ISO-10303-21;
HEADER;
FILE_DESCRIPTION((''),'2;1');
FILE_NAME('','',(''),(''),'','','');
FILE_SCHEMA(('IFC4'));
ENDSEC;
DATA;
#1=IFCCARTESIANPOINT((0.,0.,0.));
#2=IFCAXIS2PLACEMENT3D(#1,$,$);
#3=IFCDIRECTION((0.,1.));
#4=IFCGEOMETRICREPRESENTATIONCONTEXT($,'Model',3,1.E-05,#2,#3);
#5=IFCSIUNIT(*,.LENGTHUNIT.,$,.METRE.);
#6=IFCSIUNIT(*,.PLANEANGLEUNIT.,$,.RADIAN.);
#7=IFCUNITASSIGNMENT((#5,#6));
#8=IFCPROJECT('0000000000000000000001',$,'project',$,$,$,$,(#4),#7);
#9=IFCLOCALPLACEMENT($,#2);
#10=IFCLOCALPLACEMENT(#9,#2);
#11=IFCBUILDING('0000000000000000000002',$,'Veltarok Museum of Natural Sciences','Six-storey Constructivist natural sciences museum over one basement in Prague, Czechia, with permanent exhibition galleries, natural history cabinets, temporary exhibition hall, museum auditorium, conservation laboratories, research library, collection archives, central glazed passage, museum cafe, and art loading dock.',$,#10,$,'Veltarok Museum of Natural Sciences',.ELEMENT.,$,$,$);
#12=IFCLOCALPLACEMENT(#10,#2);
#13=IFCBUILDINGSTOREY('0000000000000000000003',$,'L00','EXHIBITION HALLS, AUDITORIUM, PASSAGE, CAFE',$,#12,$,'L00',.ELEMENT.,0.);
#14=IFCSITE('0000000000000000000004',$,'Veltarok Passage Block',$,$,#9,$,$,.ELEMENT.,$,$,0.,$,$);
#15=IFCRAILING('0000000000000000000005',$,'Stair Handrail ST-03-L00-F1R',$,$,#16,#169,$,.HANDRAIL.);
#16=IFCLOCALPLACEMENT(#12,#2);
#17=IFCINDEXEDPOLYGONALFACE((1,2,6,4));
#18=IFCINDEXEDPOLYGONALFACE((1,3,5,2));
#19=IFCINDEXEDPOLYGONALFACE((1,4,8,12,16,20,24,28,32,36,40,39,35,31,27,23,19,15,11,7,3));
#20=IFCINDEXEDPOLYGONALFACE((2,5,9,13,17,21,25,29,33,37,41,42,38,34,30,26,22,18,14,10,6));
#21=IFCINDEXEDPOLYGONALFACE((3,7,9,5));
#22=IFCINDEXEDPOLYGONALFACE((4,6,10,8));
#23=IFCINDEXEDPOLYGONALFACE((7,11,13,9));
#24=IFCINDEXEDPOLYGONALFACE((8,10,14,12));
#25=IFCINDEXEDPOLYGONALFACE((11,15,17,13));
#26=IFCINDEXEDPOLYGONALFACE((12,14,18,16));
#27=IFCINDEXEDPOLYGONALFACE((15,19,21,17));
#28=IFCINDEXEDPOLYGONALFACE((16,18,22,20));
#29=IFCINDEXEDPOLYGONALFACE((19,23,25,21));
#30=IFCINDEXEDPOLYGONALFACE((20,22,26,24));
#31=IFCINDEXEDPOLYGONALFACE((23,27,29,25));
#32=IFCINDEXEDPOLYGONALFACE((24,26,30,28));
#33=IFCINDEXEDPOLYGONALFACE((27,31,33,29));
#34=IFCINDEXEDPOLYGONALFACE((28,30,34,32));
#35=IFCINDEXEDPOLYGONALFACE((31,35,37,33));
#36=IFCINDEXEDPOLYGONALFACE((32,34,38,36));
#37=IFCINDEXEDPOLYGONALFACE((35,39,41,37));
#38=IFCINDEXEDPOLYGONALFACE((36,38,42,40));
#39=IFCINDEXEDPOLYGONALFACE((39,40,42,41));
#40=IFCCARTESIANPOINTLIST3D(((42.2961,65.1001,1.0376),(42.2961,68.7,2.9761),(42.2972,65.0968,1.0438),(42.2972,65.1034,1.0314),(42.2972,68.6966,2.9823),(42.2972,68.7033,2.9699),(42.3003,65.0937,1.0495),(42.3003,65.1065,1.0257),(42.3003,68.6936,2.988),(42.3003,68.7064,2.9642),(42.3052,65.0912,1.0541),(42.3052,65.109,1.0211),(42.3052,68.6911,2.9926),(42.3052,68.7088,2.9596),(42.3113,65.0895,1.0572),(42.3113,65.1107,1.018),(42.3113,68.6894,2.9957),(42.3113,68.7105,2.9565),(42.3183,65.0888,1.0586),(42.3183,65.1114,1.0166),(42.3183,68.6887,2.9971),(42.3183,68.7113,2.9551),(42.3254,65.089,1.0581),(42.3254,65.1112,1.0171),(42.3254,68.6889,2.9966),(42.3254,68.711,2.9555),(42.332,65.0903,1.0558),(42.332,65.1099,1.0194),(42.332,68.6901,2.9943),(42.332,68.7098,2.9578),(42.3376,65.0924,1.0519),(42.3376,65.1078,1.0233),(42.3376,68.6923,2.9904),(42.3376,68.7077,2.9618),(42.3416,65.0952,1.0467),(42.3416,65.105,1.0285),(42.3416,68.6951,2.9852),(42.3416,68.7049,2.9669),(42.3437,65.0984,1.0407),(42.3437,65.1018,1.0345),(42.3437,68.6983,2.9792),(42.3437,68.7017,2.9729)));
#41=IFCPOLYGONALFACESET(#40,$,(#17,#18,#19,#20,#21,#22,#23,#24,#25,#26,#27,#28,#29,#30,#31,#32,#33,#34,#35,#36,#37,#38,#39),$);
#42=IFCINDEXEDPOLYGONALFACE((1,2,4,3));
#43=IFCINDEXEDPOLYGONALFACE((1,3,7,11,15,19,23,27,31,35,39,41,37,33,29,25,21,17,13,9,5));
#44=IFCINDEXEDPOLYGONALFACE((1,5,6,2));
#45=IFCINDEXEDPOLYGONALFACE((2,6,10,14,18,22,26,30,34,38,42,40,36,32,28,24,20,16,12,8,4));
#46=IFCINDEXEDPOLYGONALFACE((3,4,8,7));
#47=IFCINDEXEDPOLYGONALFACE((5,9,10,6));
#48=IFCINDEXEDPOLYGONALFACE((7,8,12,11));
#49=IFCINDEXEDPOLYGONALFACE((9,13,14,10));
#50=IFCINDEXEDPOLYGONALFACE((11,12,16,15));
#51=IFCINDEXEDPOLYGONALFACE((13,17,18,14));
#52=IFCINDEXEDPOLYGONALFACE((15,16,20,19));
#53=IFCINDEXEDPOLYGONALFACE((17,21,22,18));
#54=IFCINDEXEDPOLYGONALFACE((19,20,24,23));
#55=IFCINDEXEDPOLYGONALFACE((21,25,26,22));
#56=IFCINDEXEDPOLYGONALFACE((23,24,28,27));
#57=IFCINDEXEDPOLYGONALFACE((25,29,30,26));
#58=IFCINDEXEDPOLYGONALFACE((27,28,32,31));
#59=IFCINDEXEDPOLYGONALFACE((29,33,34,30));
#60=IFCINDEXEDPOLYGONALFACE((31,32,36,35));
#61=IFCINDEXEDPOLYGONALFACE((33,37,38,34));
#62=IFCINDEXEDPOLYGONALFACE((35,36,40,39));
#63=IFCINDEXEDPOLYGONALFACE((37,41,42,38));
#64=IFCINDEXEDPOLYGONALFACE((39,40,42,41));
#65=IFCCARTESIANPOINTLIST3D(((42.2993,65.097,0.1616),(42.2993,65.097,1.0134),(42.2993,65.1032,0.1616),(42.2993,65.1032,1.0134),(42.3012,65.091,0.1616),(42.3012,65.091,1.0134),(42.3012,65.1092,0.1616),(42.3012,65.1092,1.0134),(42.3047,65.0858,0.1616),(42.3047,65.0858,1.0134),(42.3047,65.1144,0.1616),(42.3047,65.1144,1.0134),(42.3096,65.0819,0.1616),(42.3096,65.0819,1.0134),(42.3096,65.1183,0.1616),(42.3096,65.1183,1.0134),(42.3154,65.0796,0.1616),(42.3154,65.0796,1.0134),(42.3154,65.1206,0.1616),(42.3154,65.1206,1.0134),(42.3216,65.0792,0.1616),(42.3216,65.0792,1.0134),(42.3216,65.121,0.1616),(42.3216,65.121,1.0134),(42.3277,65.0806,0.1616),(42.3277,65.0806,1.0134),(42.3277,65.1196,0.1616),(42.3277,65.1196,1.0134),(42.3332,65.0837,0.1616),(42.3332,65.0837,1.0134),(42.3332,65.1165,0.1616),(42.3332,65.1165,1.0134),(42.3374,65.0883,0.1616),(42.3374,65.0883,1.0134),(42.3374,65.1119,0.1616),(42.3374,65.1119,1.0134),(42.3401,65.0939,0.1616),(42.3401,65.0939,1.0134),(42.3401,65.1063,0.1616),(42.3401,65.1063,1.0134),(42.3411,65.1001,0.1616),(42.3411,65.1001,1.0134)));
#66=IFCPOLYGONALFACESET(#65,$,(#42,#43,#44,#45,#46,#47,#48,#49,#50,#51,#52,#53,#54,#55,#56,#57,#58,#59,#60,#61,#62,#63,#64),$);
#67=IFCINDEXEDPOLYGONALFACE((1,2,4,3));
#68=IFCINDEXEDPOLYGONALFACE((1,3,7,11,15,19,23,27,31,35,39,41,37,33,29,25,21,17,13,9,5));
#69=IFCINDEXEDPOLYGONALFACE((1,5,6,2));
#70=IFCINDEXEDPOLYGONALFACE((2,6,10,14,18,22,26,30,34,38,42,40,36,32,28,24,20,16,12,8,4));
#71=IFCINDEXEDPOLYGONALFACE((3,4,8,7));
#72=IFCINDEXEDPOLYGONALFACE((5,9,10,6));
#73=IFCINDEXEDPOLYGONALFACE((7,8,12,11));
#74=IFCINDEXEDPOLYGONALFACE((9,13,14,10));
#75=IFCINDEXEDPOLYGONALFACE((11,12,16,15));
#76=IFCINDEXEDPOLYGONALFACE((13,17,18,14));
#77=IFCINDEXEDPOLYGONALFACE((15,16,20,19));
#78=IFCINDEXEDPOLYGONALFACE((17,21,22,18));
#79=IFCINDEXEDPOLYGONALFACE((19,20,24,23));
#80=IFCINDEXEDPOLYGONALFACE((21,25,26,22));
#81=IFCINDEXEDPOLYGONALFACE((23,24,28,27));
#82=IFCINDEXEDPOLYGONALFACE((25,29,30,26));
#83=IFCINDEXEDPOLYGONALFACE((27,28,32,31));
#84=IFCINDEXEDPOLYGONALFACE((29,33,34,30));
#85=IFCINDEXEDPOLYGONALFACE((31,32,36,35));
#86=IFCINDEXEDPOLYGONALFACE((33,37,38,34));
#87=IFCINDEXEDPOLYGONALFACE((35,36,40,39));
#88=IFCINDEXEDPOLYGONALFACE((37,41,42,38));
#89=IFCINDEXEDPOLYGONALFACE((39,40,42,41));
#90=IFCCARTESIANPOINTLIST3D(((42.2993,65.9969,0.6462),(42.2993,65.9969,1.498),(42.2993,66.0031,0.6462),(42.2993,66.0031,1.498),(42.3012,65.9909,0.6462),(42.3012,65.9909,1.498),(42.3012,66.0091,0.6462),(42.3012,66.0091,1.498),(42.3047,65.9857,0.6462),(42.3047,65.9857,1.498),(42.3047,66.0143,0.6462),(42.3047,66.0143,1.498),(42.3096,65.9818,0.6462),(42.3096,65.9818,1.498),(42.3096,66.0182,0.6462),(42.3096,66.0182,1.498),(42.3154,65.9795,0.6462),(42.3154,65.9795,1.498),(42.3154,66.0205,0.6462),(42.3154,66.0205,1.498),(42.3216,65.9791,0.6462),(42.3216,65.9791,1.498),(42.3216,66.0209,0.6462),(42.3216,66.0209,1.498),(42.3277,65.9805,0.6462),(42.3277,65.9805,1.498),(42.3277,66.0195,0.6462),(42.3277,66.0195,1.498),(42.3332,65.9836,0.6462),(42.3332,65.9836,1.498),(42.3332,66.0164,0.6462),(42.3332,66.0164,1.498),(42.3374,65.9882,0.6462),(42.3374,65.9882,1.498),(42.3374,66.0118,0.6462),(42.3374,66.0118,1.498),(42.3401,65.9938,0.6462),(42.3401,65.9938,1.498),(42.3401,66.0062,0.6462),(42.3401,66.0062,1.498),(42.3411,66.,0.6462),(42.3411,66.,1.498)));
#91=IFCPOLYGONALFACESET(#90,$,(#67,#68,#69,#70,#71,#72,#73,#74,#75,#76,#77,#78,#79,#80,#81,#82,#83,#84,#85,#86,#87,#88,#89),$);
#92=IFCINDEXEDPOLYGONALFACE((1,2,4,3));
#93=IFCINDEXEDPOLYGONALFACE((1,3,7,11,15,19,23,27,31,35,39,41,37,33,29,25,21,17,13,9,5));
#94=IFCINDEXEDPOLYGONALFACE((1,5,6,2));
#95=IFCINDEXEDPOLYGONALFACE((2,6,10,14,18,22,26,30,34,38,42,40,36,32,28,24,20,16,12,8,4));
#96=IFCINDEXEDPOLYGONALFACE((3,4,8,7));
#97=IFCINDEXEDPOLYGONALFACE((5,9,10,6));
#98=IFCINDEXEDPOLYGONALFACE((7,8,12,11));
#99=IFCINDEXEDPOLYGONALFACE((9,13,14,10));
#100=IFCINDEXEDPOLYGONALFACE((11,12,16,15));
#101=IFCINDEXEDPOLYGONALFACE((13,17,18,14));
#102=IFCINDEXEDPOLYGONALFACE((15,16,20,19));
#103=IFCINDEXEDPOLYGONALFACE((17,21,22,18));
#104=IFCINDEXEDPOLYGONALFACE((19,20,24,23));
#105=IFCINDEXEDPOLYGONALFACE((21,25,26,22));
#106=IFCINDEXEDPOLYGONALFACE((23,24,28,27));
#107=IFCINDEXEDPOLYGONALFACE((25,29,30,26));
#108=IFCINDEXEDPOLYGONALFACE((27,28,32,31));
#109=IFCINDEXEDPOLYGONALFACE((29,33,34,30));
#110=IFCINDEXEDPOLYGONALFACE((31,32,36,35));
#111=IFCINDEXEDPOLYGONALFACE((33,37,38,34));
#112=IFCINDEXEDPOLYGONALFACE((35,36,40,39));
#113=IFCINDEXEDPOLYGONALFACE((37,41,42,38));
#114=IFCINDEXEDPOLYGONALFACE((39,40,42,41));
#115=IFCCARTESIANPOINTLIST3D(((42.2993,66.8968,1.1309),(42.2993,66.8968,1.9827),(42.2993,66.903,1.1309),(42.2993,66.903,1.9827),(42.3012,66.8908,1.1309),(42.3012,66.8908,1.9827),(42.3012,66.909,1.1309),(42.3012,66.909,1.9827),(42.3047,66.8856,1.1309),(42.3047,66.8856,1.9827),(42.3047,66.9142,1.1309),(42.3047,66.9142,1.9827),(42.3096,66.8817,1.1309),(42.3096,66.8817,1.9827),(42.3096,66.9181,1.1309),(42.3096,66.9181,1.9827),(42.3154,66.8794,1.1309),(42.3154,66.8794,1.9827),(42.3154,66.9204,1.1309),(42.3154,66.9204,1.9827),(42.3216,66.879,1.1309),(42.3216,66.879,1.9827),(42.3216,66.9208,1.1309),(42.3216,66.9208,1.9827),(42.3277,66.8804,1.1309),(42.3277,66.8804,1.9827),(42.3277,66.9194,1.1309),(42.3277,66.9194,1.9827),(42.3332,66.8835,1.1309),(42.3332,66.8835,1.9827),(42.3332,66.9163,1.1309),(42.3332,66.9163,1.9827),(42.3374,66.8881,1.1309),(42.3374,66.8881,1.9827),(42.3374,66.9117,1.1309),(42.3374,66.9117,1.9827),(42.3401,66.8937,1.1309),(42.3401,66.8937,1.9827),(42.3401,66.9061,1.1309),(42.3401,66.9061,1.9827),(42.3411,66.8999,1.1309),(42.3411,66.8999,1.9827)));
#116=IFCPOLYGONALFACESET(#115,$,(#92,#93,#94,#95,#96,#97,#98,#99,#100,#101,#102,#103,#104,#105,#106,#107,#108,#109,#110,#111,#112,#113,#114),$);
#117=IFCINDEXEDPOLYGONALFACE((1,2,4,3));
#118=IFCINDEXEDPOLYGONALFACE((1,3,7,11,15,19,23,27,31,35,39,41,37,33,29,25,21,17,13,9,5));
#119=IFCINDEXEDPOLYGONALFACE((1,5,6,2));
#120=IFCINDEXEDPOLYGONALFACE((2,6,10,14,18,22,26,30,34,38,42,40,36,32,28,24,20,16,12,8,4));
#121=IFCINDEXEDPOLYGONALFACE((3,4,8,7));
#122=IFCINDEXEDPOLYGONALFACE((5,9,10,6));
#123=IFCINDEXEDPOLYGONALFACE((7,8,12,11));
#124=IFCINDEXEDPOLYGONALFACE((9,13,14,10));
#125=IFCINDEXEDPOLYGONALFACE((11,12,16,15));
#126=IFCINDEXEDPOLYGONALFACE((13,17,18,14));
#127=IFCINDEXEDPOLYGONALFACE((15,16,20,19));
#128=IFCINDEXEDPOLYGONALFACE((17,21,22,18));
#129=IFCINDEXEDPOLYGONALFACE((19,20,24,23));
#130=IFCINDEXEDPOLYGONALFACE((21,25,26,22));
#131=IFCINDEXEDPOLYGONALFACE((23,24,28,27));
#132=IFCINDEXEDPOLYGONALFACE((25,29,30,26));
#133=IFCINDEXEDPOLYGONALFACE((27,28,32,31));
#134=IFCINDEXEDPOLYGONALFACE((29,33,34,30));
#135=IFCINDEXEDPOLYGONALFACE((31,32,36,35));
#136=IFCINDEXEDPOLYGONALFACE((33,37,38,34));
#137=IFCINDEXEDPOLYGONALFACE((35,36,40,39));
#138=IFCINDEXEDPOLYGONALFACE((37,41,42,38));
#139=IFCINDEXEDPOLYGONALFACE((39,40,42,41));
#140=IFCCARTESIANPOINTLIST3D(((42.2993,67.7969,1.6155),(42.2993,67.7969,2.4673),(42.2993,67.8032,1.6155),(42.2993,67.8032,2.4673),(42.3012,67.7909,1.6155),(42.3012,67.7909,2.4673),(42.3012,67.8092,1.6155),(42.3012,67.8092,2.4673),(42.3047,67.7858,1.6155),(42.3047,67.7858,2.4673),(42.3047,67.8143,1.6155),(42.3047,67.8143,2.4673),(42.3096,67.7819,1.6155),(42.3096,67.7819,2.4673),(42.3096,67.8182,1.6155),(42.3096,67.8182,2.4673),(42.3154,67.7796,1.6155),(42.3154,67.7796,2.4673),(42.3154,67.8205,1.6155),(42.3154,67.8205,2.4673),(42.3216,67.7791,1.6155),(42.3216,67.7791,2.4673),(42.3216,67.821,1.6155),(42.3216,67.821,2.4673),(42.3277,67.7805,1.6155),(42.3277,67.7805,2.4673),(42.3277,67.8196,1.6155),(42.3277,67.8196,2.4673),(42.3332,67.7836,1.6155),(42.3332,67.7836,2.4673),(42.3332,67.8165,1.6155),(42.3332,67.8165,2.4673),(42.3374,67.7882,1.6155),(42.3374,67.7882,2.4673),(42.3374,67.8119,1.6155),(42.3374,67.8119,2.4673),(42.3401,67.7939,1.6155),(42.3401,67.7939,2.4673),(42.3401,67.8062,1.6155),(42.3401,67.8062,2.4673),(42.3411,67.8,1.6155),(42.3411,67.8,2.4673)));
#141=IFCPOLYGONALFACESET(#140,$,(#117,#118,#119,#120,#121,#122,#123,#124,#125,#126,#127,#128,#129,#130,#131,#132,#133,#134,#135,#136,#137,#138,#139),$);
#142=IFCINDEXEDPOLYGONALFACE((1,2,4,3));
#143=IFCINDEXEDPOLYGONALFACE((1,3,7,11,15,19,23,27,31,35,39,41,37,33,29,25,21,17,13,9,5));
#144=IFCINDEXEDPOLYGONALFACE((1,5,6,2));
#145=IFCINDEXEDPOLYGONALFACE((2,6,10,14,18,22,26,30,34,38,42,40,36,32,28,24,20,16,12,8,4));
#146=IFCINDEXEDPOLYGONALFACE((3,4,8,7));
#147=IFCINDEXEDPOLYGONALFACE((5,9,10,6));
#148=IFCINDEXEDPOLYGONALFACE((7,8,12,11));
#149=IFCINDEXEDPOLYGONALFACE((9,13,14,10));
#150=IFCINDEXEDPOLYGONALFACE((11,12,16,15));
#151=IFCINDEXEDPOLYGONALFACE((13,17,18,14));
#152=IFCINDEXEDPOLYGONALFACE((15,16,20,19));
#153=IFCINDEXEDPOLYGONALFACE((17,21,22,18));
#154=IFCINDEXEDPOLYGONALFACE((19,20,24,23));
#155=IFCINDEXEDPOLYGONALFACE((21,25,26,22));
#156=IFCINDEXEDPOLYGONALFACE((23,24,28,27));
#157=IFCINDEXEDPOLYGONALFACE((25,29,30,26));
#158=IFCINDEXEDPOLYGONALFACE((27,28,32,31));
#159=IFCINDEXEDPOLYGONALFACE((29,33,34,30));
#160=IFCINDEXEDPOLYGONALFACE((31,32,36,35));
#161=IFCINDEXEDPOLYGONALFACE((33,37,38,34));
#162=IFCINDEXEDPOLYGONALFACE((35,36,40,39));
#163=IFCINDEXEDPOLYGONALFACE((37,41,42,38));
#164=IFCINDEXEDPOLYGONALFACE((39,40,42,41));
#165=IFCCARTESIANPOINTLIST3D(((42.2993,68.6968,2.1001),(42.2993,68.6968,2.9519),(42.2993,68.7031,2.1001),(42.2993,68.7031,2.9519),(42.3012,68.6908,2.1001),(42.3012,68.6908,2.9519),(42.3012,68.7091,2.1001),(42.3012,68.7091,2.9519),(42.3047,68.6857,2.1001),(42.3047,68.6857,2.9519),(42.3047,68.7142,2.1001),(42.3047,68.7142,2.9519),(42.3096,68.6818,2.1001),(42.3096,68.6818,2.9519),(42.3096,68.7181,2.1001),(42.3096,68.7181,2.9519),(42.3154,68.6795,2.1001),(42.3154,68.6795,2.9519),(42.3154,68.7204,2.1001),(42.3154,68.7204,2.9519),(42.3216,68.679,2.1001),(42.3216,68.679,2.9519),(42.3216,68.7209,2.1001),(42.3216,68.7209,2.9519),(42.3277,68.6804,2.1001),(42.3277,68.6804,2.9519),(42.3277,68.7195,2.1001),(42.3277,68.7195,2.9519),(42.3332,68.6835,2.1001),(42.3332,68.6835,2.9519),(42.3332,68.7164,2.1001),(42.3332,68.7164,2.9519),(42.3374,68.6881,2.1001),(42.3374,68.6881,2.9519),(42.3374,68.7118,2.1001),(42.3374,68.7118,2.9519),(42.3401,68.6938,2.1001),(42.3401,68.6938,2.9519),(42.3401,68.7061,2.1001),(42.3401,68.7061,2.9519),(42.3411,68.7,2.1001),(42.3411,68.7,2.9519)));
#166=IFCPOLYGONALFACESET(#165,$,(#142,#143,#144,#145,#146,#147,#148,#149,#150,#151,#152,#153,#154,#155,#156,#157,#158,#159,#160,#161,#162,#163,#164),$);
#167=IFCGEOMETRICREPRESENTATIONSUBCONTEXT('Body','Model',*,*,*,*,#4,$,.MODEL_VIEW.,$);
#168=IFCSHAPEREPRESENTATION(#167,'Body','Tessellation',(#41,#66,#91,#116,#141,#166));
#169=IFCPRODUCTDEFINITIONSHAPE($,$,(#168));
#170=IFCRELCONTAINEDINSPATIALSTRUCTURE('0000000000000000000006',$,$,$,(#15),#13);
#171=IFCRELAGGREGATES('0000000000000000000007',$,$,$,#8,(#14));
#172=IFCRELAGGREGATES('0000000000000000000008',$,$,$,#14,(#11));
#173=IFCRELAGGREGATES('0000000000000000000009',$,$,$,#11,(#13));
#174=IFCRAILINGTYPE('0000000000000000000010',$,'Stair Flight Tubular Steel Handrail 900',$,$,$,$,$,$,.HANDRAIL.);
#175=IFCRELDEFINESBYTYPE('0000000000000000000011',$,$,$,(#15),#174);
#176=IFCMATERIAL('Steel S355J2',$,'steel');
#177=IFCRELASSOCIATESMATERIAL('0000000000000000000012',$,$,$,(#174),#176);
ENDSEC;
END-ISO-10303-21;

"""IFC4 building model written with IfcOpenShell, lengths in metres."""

from ifc_helpers import new_model, si_unit, direction, frame, origin, origin_2d, place, context, subcontext, project, spatial, circle, extrude, material, type_object, element, save


model = new_model("IFC4")

# Units and contexts
model_context = context("Model", 3, precision=1e-05, world=origin(), true_north=direction((0.0, 1.0)))
body_context = subcontext(model_context, "Body", "Model", "MODEL_VIEW")
ifc_project = project(units=[si_unit("LENGTHUNIT", "METRE"), si_unit("PLANEANGLEUNIT", "RADIAN")], contexts=[model_context])

# Site, building, storey
site_placement = place(None, origin())
site = spatial("IfcSite", under=ifc_project, at=site_placement, Name="Veltarok Passage Block", CompositionType="ELEMENT", RefElevation=0.0)
building_placement = place(site_placement, origin())
building = spatial("IfcBuilding", under=site, at=building_placement, Name="Veltarok Museum of Natural Sciences", Description="Six-storey Constructivist natural sciences museum over one basement in Prague, Czechia, with permanent exhibition galleries, natural history cabinets, temporary exhibition hall, museum auditorium, conservation laboratories, research library, collection archives, central glazed passage, museum cafe, and art loading dock.", LongName="Veltarok Museum of Natural Sciences", CompositionType="ELEMENT")
storey_placement = place(building_placement, origin())
storey = spatial("IfcBuildingStorey", under=building, at=storey_placement, Name="L00", Description="EXHIBITION HALLS, AUDITORIUM, PASSAGE, CAFE", LongName="L00", CompositionType="ELEMENT", Elevation=0.0)

# Railing
ifc_material_1 = material(Name="Steel S355J2", Category="steel")
railing_type_1 = type_object("IfcRailingType", Name="Stair Flight Tubular Steel Handrail 900", PredefinedType="HANDRAIL", material=ifc_material_1)
railing_1_placement = place(storey_placement, frame((42.3201, 65.1001, 0.1616)))
element("IfcRailing", 1, at=railing_1_placement, inside=storey, type_object=railing_type_1, Name="Stair Handrail ST-03-L00-F1R", PredefinedType="HANDRAIL", context=body_context, shape_type="SweptSolid", body=[
    extrude(circle(Radius=0.0239, at=origin_2d()), frame((0.0, 0.0, 0.876), z_axis=(0.0, 0.880462, 0.474118), x_axis=(-1.0, 0.0, 0.0)), (0.0, 0.0, 1.0), 4.0886),
    extrude(circle(Radius=0.021, at=origin_2d()), origin(), (0.0, 0.0, 1.0), 0.8518),
    extrude(circle(Radius=0.021, at=origin_2d()), frame((0.0, 0.8999, 0.4846)), (0.0, 0.0, 1.0), 0.8518),
    extrude(circle(Radius=0.021, at=origin_2d()), frame((0.0, 1.7998, 0.9692)), (0.0, 0.0, 1.0), 0.8518),
    extrude(circle(Radius=0.021, at=origin_2d()), frame((0.0, 2.7, 1.4539)), (0.0, 0.0, 1.0), 0.8518),
    extrude(circle(Radius=0.021, at=origin_2d()), frame((0.0, 3.5999, 1.9385)), (0.0, 0.0, 1.0), 0.8518),
])

save(model, "model.ifc")
